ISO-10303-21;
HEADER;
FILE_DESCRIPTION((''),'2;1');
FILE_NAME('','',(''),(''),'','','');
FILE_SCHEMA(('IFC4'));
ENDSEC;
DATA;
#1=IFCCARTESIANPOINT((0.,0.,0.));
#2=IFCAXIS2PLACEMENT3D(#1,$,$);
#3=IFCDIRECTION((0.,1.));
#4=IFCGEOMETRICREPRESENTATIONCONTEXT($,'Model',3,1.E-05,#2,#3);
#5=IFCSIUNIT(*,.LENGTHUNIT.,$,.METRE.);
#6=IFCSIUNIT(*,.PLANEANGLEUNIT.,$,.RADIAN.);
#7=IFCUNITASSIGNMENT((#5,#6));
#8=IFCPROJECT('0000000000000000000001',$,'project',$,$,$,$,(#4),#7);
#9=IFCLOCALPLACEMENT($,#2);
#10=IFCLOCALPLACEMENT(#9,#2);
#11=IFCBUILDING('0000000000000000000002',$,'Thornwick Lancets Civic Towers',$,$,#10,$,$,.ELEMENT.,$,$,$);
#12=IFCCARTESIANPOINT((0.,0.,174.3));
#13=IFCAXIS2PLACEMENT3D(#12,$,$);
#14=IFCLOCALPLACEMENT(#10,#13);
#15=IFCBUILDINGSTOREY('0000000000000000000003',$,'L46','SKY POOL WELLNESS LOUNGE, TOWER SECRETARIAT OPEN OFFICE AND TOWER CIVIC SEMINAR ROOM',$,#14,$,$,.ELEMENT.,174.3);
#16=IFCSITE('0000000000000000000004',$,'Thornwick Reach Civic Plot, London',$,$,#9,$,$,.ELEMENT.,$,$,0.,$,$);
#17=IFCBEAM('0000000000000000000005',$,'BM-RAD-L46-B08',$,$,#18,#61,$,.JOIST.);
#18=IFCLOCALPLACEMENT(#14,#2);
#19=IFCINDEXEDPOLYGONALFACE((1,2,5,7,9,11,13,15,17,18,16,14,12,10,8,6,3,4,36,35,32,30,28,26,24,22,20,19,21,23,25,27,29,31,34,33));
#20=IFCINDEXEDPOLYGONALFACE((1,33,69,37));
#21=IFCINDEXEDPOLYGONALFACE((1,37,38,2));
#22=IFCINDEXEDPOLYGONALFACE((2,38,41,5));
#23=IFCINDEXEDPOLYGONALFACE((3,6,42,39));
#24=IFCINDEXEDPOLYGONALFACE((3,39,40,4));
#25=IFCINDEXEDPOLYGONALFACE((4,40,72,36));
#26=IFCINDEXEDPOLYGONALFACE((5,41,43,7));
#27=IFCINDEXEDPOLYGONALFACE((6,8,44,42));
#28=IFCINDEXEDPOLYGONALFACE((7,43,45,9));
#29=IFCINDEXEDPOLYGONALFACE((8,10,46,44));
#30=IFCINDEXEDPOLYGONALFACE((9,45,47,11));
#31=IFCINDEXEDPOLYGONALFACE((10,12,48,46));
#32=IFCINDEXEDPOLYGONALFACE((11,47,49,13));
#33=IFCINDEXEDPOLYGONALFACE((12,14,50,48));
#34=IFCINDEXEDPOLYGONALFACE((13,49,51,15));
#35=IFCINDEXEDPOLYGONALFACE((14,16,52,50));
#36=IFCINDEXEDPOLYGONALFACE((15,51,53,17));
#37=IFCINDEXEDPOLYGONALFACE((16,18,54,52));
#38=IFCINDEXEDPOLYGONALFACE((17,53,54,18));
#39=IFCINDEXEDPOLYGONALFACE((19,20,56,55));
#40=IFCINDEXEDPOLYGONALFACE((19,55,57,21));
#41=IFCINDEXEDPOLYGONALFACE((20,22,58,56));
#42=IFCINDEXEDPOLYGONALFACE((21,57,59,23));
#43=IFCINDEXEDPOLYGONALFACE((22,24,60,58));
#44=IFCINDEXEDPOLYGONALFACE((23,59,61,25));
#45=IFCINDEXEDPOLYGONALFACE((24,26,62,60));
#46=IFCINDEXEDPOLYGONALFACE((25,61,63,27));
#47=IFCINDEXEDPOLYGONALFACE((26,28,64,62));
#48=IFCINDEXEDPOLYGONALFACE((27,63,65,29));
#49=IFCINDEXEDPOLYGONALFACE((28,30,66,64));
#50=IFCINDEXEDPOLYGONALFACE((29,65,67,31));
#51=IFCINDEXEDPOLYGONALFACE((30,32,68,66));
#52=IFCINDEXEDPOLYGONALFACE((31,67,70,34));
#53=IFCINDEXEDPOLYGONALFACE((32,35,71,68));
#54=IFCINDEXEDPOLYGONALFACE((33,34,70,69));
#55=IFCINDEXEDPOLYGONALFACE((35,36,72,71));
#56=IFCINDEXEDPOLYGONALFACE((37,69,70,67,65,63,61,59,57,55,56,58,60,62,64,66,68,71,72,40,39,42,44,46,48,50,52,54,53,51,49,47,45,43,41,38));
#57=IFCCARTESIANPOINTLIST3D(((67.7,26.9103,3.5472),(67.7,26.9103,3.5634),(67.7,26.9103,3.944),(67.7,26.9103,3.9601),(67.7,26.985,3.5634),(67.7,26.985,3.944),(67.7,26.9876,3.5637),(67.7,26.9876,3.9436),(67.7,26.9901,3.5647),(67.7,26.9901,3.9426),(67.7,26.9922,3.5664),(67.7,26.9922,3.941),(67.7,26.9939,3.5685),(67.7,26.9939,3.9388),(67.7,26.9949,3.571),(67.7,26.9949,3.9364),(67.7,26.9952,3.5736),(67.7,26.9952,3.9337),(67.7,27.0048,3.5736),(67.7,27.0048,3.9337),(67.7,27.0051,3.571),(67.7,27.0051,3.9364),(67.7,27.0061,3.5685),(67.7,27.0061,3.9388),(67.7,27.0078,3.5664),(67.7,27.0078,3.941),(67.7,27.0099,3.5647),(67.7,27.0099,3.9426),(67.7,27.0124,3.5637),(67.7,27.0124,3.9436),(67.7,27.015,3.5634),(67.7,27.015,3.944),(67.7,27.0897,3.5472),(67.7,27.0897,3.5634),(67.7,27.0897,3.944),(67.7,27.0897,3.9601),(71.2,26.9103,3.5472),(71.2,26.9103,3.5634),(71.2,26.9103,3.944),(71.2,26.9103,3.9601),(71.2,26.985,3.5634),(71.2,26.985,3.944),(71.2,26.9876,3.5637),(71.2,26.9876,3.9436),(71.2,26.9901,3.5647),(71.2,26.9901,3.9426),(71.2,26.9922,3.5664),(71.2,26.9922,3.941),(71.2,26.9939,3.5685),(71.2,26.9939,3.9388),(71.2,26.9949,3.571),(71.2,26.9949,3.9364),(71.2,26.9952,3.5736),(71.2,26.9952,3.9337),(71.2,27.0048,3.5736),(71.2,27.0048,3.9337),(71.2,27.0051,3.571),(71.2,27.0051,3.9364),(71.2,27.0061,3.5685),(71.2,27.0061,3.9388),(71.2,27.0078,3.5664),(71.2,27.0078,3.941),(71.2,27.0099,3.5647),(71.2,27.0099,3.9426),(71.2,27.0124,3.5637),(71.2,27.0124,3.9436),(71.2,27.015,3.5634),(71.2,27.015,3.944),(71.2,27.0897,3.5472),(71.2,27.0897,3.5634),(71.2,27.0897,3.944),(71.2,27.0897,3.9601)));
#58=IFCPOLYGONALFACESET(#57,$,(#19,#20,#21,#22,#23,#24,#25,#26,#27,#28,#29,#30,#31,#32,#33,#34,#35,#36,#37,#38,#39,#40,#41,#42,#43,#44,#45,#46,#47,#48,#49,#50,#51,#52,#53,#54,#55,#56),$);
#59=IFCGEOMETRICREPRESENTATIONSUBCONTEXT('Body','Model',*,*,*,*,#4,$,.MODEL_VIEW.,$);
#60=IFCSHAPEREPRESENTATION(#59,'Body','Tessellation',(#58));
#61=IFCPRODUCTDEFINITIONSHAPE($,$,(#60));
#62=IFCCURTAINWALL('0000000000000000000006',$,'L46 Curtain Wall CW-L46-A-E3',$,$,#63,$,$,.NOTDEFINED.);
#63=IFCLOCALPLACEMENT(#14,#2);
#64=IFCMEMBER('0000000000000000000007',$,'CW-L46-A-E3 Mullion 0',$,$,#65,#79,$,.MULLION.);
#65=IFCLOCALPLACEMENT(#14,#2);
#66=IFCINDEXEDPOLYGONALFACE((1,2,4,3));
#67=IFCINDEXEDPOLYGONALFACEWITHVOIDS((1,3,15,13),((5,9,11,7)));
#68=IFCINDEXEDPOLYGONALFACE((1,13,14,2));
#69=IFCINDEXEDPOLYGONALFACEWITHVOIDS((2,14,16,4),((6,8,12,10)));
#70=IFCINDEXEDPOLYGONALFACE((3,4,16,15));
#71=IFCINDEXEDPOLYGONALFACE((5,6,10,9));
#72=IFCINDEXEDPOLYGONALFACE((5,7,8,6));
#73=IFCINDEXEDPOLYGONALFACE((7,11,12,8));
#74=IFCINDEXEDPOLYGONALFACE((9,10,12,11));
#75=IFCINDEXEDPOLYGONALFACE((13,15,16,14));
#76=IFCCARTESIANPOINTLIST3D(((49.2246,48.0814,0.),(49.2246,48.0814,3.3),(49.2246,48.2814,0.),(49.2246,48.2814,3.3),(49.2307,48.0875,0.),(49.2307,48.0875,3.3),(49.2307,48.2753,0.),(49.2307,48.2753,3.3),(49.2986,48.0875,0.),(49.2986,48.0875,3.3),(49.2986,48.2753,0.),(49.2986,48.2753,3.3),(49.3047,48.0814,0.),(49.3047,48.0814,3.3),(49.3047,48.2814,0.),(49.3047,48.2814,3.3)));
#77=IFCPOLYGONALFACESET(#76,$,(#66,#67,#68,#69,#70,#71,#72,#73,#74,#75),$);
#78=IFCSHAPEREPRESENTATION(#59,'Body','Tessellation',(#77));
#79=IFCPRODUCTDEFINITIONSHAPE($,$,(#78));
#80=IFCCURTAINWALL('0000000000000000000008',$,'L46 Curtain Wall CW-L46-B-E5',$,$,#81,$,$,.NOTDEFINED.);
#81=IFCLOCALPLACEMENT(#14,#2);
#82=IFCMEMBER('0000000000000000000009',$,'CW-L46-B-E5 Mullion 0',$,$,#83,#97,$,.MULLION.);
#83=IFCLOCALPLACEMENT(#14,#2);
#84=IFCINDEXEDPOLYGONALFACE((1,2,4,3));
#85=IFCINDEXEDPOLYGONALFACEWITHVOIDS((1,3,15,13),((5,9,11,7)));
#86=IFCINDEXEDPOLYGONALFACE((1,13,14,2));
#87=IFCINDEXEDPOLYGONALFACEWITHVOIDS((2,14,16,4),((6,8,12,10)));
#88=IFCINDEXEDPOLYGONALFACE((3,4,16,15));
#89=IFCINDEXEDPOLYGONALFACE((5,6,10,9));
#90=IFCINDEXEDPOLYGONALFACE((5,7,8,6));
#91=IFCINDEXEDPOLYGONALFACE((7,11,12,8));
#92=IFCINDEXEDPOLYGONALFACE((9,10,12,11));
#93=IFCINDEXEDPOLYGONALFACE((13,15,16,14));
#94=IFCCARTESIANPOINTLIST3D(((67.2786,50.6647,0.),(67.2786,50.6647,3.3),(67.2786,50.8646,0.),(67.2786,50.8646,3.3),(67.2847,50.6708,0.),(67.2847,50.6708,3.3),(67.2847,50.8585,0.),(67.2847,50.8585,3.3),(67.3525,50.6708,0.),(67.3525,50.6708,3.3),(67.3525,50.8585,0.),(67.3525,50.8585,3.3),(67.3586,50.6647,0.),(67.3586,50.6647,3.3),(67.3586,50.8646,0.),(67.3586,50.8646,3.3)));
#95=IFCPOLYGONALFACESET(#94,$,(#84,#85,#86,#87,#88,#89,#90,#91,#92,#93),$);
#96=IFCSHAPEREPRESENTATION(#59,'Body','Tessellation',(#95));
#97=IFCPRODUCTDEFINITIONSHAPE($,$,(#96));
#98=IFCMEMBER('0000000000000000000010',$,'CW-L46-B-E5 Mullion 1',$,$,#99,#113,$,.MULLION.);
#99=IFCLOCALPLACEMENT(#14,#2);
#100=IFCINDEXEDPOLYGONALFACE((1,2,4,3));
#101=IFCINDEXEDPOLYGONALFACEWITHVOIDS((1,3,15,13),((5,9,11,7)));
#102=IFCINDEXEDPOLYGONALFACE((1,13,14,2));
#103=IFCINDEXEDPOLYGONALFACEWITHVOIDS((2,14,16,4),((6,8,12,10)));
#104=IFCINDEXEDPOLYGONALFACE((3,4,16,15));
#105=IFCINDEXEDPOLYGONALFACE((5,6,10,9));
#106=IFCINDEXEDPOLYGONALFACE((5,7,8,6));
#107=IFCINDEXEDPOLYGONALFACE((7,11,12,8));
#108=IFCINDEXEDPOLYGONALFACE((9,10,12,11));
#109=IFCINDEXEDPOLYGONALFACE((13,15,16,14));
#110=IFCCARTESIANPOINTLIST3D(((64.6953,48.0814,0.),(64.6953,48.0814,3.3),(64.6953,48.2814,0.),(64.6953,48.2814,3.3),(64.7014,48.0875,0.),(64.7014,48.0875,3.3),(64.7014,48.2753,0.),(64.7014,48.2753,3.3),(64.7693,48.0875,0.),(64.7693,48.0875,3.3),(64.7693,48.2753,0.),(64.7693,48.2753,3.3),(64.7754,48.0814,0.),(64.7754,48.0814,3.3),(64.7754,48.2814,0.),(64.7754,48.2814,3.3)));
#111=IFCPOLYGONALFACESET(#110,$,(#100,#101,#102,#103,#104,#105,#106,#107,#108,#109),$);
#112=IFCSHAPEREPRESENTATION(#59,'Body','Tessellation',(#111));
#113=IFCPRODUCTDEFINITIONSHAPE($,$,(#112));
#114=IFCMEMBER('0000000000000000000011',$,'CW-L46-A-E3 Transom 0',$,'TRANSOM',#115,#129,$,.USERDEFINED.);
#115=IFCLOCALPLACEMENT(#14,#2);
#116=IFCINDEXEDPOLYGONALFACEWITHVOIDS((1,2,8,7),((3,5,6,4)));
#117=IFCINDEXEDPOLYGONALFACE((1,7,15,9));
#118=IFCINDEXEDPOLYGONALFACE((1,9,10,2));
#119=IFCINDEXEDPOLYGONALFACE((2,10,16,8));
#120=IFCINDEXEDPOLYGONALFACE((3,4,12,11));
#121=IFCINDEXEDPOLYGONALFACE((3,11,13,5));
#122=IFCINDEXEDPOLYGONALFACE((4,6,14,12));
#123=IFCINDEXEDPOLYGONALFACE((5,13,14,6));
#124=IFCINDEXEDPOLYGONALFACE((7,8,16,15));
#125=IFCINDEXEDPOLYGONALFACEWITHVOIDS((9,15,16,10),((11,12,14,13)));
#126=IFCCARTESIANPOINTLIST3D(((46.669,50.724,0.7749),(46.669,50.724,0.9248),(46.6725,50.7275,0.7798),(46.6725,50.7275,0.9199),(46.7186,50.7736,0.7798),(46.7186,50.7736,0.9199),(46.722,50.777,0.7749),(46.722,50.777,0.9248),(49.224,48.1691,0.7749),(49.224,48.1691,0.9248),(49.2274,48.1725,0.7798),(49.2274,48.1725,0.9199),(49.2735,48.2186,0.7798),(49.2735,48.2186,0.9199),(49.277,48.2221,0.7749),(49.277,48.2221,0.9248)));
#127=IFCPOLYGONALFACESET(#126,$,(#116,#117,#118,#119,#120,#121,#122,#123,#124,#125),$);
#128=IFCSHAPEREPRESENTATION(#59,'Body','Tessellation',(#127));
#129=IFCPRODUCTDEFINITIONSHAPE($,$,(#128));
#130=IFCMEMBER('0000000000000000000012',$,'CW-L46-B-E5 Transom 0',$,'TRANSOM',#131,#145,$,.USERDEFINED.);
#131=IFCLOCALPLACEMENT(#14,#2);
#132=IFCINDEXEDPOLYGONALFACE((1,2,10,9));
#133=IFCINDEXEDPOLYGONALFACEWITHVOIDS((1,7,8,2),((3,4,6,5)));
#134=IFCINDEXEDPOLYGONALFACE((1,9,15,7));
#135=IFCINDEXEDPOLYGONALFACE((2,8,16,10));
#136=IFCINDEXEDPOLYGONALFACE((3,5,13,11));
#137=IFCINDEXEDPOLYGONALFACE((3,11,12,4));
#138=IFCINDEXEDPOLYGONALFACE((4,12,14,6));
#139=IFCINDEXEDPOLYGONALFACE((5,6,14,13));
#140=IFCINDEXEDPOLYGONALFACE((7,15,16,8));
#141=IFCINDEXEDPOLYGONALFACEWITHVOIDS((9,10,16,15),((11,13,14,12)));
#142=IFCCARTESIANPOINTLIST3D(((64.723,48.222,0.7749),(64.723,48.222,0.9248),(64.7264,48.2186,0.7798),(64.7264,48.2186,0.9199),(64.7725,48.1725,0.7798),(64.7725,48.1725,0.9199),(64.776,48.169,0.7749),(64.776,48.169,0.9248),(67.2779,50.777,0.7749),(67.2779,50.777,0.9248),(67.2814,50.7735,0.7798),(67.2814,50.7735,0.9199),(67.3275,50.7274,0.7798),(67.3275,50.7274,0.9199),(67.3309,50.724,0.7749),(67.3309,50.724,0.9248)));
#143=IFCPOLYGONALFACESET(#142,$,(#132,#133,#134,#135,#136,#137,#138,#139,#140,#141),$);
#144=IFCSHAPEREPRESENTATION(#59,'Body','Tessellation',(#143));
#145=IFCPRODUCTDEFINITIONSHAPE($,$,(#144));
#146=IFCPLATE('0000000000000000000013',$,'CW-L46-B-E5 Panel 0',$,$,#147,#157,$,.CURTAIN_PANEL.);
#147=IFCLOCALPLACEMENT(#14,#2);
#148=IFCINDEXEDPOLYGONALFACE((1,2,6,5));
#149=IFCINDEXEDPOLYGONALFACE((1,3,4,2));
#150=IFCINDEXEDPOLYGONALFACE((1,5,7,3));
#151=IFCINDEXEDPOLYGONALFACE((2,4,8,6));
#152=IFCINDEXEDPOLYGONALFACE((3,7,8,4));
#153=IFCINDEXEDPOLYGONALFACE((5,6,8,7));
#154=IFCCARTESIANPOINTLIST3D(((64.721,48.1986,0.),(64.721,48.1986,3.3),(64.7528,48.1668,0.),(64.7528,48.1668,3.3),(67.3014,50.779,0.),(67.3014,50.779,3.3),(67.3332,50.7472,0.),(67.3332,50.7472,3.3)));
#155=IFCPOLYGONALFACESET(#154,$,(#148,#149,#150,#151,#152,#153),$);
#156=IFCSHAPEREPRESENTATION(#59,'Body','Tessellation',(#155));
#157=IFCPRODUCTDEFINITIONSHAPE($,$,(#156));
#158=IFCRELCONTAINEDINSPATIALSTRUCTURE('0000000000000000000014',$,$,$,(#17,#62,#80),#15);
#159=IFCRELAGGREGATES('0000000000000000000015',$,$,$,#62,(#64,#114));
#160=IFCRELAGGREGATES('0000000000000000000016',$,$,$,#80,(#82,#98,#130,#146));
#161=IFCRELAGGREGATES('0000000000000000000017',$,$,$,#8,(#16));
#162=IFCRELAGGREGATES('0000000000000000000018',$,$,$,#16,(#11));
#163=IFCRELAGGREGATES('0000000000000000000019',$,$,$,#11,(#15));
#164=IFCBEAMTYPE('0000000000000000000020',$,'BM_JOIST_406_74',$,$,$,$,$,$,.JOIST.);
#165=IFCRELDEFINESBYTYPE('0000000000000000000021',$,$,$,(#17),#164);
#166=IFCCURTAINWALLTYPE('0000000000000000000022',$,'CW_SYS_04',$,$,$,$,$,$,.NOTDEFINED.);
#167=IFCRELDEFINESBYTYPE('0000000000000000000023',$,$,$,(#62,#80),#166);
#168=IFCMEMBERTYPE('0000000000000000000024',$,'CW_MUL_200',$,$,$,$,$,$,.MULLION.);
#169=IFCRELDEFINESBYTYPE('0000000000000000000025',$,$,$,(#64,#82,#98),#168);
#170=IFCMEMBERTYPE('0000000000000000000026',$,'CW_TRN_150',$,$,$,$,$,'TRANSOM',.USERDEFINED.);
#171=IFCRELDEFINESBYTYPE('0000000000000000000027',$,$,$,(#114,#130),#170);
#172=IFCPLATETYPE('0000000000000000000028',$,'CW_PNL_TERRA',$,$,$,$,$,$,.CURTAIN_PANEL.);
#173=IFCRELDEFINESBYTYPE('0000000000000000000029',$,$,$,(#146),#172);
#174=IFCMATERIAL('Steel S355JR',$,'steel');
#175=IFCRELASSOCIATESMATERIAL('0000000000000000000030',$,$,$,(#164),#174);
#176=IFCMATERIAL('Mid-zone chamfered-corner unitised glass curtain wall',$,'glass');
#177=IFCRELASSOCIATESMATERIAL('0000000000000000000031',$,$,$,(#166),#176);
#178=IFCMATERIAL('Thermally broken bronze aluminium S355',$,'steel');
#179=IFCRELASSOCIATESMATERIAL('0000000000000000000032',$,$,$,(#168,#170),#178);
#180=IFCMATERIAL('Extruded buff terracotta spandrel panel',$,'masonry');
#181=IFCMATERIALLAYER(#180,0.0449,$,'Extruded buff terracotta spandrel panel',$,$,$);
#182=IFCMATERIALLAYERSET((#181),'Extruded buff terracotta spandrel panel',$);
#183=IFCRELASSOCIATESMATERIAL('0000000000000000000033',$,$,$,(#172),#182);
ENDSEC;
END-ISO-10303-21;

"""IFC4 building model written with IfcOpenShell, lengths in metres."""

from ifc_helpers import new_model, si_unit, direction, frame, origin, origin_2d, place, context, subcontext, project, spatial, rectangle, hollow_rectangle, i_section, extrude, material, layer, layer_set, material_profile, profile_set, type_object, element, aggregate, save


model = new_model("IFC4")

# Units and contexts
model_context = context("Model", 3, precision=1e-05, world=origin(), true_north=direction((0.0, 1.0)))
body_context = subcontext(model_context, "Body", "Model", "MODEL_VIEW")
ifc_project = project(units=[si_unit("LENGTHUNIT", "METRE"), si_unit("PLANEANGLEUNIT", "RADIAN")], contexts=[model_context])

# Site, building, storey
site_placement = place(None, origin())
site = spatial("IfcSite", under=ifc_project, at=site_placement, Name="Thornwick Reach Civic Plot, London", CompositionType="ELEMENT", RefElevation=0.0)
building_placement = place(site_placement, origin())
building = spatial("IfcBuilding", under=site, at=building_placement, Name="Thornwick Lancets Civic Towers", CompositionType="ELEMENT")
storey_placement = place(building_placement, frame((0.0, 0.0, 174.3)))
storey = spatial("IfcBuildingStorey", under=building, at=storey_placement, Name="L46", Description="SKY POOL WELLNESS LOUNGE, TOWER SECRETARIAT OPEN OFFICE AND TOWER CIVIC SEMINAR ROOM", CompositionType="ELEMENT", Elevation=174.3)

# Beam
ifc_material_1 = material(Name="Steel S355JR", Category="steel")
ifc_material_profile_1 = material_profile(ifc_material_1, i_section(OverallWidth=0.1794, OverallDepth=0.4128, WebThickness=0.0095, FlangeThickness=0.0161, FilletRadius=0.0103, at=origin_2d()), Name="UKB 406x178x74")
ifc_profile_set_1 = profile_set([ifc_material_profile_1], Name="Steel S355JR")
beam_type_1 = type_object("IfcBeamType", Name="BM_JOIST_406_74", PredefinedType="JOIST", material=ifc_profile_set_1)
beam_1_placement = place(storey_placement, frame((71.2, 27.0, 3.7537), z_axis=(-1.0, 0.0, 0.0), x_axis=(0.0, -1.0, 0.0)))
element("IfcBeam", 1, at=beam_1_placement, inside=storey, type_object=beam_type_1, Name="BM-RAD-L46-B08", PredefinedType="JOIST", context=body_context, shape_type="SweptSolid", body=[
    extrude(i_section(OverallWidth=0.1794, OverallDepth=0.4128, WebThickness=0.0095, FlangeThickness=0.0161, FilletRadius=0.0103, at=origin_2d()), origin(), (0.0, 0.0, 1.0), 3.5),
])

# Curtain wall, member
ifc_material_2 = material(Name="Mid-zone chamfered-corner unitised glass curtain wall", Category="glass")
curtain_wall_type = type_object("IfcCurtainWallType", Name="CW_SYS_04", PredefinedType="NOTDEFINED", material=ifc_material_2)
curtain_wall_1_placement = place(storey_placement, origin())
curtain_wall_1 = element("IfcCurtainWall", 2, at=curtain_wall_1_placement, inside=storey, type_object=curtain_wall_type, Name="L46 Curtain Wall CW-L46-A-E3", PredefinedType="NOTDEFINED")
ifc_material_3 = material(Name="Thermally broken bronze aluminium S355", Category="steel")
ifc_material_profile_2 = material_profile(ifc_material_3, hollow_rectangle(XDim=0.0801, YDim=0.2, WallThickness=0.0061, at=origin_2d()), Name="RHS 200x80x6")
ifc_profile_set_2 = profile_set([ifc_material_profile_2], Name="Thermally broken bronze aluminium S355")
member_type_1 = type_object("IfcMemberType", Name="CW_MUL_200", PredefinedType="MULLION", material=ifc_profile_set_2)
member_1_placement = place(storey_placement, frame((49.2646, 48.1814, 0.0), z_axis=(0.0, 0.0, 1.0), x_axis=(1.0, 0.0, 0.0)))
member_1 = element("IfcMember", 3, at=member_1_placement, type_object=member_type_1, Name="CW-L46-A-E3 Mullion 0", PredefinedType="MULLION", context=body_context, shape_type="SweptSolid", body=[
    extrude(hollow_rectangle(XDim=0.0801, YDim=0.2, WallThickness=0.0061, at=origin_2d()), origin(), (0.0, 0.0, 1.0), 3.3),
])

# Curtain wall, members
curtain_wall_2_placement = place(storey_placement, origin())
curtain_wall_2 = element("IfcCurtainWall", 4, at=curtain_wall_2_placement, inside=storey, type_object=curtain_wall_type, Name="L46 Curtain Wall CW-L46-B-E5", PredefinedType="NOTDEFINED")
member_2_placement = place(storey_placement, frame((67.3186, 50.7646, 0.0), z_axis=(0.0, 0.0, 1.0), x_axis=(1.0, 0.0, 0.0)))
member_2 = element("IfcMember", 5, at=member_2_placement, type_object=member_type_1, Name="CW-L46-B-E5 Mullion 0", PredefinedType="MULLION", context=body_context, shape_type="SweptSolid", body=[
    extrude(hollow_rectangle(XDim=0.0801, YDim=0.2, WallThickness=0.0061, at=origin_2d()), origin(), (0.0, 0.0, 1.0), 3.3),
])
member_3_placement = place(storey_placement, frame((64.7354, 48.1814, 0.0), z_axis=(0.0, 0.0, 1.0), x_axis=(1.0, 0.0, 0.0)))
member_3 = element("IfcMember", 6, at=member_3_placement, type_object=member_type_1, Name="CW-L46-B-E5 Mullion 1", PredefinedType="MULLION", context=body_context, shape_type="SweptSolid", body=[
    extrude(hollow_rectangle(XDim=0.0801, YDim=0.2, WallThickness=0.0061, at=origin_2d()), origin(), (0.0, 0.0, 1.0), 3.3),
])

# Members
ifc_material_profile_3 = material_profile(ifc_material_3, hollow_rectangle(XDim=0.075, YDim=0.1499, WallThickness=0.0049, at=origin_2d()), Name="RHS 150x75x5")
ifc_profile_set_3 = profile_set([ifc_material_profile_3], Name="Thermally broken bronze aluminium S355")
member_type_2 = type_object("IfcMemberType", Name="CW_TRN_150", ElementType="TRANSOM", PredefinedType="USERDEFINED", material=ifc_profile_set_3)
member_4_placement = place(storey_placement, frame((49.2505, 48.1956, 0.8499), z_axis=(-0.707107, 0.707107, 0.0), x_axis=(-0.707107, -0.707107, 0.0)))
member_4 = element("IfcMember", 7, at=member_4_placement, type_object=member_type_2, Name="CW-L46-A-E3 Transom 0", ObjectType="TRANSOM", PredefinedType="USERDEFINED", context=body_context, shape_type="SweptSolid", body=[
    extrude(hollow_rectangle(XDim=0.075, YDim=0.1499, WallThickness=0.0049, at=origin_2d()), origin(), (0.0, 0.0, 1.0), 3.6133),
])
aggregate(curtain_wall_1, [member_1, member_4])
member_5_placement = place(storey_placement, frame((67.3044, 50.7505, 0.8499), z_axis=(-0.707107, -0.707107, 0.0), x_axis=(0.707107, -0.707107, 0.0)))
member_5 = element("IfcMember", 8, at=member_5_placement, type_object=member_type_2, Name="CW-L46-B-E5 Transom 0", ObjectType="TRANSOM", PredefinedType="USERDEFINED", context=body_context, shape_type="SweptSolid", body=[
    extrude(hollow_rectangle(XDim=0.075, YDim=0.1499, WallThickness=0.0049, at=origin_2d()), origin(), (0.0, 0.0, 1.0), 3.6133),
])

# Plate
ifc_material_4 = material(Name="Extruded buff terracotta spandrel panel", Category="masonry")
ifc_layer_1 = layer(ifc_material_4, 0.0449, Name="Extruded buff terracotta spandrel panel")
ifc_layer_set_1 = layer_set([ifc_layer_1], Name="Extruded buff terracotta spandrel panel")
plate_type = type_object("IfcPlateType", Name="CW_PNL_TERRA", PredefinedType="CURTAIN_PANEL", material=ifc_layer_set_1)
plate_placement = place(storey_placement, frame((66.0271, 49.4729, 0.0), z_axis=(0.0, 0.0, 1.0), x_axis=(-0.707107, -0.707107, 0.0)))
plate = element("IfcPlate", 9, at=plate_placement, type_object=plate_type, Name="CW-L46-B-E5 Panel 0", PredefinedType="CURTAIN_PANEL", context=body_context, shape_type="SweptSolid", body=[
    extrude(rectangle(XDim=3.6492, YDim=0.0449, at=origin_2d()), origin(), (0.0, 0.0, 1.0), 3.3),
])
aggregate(curtain_wall_2, [member_2, member_3, member_5, plate])

save(model, "model.ifc")
